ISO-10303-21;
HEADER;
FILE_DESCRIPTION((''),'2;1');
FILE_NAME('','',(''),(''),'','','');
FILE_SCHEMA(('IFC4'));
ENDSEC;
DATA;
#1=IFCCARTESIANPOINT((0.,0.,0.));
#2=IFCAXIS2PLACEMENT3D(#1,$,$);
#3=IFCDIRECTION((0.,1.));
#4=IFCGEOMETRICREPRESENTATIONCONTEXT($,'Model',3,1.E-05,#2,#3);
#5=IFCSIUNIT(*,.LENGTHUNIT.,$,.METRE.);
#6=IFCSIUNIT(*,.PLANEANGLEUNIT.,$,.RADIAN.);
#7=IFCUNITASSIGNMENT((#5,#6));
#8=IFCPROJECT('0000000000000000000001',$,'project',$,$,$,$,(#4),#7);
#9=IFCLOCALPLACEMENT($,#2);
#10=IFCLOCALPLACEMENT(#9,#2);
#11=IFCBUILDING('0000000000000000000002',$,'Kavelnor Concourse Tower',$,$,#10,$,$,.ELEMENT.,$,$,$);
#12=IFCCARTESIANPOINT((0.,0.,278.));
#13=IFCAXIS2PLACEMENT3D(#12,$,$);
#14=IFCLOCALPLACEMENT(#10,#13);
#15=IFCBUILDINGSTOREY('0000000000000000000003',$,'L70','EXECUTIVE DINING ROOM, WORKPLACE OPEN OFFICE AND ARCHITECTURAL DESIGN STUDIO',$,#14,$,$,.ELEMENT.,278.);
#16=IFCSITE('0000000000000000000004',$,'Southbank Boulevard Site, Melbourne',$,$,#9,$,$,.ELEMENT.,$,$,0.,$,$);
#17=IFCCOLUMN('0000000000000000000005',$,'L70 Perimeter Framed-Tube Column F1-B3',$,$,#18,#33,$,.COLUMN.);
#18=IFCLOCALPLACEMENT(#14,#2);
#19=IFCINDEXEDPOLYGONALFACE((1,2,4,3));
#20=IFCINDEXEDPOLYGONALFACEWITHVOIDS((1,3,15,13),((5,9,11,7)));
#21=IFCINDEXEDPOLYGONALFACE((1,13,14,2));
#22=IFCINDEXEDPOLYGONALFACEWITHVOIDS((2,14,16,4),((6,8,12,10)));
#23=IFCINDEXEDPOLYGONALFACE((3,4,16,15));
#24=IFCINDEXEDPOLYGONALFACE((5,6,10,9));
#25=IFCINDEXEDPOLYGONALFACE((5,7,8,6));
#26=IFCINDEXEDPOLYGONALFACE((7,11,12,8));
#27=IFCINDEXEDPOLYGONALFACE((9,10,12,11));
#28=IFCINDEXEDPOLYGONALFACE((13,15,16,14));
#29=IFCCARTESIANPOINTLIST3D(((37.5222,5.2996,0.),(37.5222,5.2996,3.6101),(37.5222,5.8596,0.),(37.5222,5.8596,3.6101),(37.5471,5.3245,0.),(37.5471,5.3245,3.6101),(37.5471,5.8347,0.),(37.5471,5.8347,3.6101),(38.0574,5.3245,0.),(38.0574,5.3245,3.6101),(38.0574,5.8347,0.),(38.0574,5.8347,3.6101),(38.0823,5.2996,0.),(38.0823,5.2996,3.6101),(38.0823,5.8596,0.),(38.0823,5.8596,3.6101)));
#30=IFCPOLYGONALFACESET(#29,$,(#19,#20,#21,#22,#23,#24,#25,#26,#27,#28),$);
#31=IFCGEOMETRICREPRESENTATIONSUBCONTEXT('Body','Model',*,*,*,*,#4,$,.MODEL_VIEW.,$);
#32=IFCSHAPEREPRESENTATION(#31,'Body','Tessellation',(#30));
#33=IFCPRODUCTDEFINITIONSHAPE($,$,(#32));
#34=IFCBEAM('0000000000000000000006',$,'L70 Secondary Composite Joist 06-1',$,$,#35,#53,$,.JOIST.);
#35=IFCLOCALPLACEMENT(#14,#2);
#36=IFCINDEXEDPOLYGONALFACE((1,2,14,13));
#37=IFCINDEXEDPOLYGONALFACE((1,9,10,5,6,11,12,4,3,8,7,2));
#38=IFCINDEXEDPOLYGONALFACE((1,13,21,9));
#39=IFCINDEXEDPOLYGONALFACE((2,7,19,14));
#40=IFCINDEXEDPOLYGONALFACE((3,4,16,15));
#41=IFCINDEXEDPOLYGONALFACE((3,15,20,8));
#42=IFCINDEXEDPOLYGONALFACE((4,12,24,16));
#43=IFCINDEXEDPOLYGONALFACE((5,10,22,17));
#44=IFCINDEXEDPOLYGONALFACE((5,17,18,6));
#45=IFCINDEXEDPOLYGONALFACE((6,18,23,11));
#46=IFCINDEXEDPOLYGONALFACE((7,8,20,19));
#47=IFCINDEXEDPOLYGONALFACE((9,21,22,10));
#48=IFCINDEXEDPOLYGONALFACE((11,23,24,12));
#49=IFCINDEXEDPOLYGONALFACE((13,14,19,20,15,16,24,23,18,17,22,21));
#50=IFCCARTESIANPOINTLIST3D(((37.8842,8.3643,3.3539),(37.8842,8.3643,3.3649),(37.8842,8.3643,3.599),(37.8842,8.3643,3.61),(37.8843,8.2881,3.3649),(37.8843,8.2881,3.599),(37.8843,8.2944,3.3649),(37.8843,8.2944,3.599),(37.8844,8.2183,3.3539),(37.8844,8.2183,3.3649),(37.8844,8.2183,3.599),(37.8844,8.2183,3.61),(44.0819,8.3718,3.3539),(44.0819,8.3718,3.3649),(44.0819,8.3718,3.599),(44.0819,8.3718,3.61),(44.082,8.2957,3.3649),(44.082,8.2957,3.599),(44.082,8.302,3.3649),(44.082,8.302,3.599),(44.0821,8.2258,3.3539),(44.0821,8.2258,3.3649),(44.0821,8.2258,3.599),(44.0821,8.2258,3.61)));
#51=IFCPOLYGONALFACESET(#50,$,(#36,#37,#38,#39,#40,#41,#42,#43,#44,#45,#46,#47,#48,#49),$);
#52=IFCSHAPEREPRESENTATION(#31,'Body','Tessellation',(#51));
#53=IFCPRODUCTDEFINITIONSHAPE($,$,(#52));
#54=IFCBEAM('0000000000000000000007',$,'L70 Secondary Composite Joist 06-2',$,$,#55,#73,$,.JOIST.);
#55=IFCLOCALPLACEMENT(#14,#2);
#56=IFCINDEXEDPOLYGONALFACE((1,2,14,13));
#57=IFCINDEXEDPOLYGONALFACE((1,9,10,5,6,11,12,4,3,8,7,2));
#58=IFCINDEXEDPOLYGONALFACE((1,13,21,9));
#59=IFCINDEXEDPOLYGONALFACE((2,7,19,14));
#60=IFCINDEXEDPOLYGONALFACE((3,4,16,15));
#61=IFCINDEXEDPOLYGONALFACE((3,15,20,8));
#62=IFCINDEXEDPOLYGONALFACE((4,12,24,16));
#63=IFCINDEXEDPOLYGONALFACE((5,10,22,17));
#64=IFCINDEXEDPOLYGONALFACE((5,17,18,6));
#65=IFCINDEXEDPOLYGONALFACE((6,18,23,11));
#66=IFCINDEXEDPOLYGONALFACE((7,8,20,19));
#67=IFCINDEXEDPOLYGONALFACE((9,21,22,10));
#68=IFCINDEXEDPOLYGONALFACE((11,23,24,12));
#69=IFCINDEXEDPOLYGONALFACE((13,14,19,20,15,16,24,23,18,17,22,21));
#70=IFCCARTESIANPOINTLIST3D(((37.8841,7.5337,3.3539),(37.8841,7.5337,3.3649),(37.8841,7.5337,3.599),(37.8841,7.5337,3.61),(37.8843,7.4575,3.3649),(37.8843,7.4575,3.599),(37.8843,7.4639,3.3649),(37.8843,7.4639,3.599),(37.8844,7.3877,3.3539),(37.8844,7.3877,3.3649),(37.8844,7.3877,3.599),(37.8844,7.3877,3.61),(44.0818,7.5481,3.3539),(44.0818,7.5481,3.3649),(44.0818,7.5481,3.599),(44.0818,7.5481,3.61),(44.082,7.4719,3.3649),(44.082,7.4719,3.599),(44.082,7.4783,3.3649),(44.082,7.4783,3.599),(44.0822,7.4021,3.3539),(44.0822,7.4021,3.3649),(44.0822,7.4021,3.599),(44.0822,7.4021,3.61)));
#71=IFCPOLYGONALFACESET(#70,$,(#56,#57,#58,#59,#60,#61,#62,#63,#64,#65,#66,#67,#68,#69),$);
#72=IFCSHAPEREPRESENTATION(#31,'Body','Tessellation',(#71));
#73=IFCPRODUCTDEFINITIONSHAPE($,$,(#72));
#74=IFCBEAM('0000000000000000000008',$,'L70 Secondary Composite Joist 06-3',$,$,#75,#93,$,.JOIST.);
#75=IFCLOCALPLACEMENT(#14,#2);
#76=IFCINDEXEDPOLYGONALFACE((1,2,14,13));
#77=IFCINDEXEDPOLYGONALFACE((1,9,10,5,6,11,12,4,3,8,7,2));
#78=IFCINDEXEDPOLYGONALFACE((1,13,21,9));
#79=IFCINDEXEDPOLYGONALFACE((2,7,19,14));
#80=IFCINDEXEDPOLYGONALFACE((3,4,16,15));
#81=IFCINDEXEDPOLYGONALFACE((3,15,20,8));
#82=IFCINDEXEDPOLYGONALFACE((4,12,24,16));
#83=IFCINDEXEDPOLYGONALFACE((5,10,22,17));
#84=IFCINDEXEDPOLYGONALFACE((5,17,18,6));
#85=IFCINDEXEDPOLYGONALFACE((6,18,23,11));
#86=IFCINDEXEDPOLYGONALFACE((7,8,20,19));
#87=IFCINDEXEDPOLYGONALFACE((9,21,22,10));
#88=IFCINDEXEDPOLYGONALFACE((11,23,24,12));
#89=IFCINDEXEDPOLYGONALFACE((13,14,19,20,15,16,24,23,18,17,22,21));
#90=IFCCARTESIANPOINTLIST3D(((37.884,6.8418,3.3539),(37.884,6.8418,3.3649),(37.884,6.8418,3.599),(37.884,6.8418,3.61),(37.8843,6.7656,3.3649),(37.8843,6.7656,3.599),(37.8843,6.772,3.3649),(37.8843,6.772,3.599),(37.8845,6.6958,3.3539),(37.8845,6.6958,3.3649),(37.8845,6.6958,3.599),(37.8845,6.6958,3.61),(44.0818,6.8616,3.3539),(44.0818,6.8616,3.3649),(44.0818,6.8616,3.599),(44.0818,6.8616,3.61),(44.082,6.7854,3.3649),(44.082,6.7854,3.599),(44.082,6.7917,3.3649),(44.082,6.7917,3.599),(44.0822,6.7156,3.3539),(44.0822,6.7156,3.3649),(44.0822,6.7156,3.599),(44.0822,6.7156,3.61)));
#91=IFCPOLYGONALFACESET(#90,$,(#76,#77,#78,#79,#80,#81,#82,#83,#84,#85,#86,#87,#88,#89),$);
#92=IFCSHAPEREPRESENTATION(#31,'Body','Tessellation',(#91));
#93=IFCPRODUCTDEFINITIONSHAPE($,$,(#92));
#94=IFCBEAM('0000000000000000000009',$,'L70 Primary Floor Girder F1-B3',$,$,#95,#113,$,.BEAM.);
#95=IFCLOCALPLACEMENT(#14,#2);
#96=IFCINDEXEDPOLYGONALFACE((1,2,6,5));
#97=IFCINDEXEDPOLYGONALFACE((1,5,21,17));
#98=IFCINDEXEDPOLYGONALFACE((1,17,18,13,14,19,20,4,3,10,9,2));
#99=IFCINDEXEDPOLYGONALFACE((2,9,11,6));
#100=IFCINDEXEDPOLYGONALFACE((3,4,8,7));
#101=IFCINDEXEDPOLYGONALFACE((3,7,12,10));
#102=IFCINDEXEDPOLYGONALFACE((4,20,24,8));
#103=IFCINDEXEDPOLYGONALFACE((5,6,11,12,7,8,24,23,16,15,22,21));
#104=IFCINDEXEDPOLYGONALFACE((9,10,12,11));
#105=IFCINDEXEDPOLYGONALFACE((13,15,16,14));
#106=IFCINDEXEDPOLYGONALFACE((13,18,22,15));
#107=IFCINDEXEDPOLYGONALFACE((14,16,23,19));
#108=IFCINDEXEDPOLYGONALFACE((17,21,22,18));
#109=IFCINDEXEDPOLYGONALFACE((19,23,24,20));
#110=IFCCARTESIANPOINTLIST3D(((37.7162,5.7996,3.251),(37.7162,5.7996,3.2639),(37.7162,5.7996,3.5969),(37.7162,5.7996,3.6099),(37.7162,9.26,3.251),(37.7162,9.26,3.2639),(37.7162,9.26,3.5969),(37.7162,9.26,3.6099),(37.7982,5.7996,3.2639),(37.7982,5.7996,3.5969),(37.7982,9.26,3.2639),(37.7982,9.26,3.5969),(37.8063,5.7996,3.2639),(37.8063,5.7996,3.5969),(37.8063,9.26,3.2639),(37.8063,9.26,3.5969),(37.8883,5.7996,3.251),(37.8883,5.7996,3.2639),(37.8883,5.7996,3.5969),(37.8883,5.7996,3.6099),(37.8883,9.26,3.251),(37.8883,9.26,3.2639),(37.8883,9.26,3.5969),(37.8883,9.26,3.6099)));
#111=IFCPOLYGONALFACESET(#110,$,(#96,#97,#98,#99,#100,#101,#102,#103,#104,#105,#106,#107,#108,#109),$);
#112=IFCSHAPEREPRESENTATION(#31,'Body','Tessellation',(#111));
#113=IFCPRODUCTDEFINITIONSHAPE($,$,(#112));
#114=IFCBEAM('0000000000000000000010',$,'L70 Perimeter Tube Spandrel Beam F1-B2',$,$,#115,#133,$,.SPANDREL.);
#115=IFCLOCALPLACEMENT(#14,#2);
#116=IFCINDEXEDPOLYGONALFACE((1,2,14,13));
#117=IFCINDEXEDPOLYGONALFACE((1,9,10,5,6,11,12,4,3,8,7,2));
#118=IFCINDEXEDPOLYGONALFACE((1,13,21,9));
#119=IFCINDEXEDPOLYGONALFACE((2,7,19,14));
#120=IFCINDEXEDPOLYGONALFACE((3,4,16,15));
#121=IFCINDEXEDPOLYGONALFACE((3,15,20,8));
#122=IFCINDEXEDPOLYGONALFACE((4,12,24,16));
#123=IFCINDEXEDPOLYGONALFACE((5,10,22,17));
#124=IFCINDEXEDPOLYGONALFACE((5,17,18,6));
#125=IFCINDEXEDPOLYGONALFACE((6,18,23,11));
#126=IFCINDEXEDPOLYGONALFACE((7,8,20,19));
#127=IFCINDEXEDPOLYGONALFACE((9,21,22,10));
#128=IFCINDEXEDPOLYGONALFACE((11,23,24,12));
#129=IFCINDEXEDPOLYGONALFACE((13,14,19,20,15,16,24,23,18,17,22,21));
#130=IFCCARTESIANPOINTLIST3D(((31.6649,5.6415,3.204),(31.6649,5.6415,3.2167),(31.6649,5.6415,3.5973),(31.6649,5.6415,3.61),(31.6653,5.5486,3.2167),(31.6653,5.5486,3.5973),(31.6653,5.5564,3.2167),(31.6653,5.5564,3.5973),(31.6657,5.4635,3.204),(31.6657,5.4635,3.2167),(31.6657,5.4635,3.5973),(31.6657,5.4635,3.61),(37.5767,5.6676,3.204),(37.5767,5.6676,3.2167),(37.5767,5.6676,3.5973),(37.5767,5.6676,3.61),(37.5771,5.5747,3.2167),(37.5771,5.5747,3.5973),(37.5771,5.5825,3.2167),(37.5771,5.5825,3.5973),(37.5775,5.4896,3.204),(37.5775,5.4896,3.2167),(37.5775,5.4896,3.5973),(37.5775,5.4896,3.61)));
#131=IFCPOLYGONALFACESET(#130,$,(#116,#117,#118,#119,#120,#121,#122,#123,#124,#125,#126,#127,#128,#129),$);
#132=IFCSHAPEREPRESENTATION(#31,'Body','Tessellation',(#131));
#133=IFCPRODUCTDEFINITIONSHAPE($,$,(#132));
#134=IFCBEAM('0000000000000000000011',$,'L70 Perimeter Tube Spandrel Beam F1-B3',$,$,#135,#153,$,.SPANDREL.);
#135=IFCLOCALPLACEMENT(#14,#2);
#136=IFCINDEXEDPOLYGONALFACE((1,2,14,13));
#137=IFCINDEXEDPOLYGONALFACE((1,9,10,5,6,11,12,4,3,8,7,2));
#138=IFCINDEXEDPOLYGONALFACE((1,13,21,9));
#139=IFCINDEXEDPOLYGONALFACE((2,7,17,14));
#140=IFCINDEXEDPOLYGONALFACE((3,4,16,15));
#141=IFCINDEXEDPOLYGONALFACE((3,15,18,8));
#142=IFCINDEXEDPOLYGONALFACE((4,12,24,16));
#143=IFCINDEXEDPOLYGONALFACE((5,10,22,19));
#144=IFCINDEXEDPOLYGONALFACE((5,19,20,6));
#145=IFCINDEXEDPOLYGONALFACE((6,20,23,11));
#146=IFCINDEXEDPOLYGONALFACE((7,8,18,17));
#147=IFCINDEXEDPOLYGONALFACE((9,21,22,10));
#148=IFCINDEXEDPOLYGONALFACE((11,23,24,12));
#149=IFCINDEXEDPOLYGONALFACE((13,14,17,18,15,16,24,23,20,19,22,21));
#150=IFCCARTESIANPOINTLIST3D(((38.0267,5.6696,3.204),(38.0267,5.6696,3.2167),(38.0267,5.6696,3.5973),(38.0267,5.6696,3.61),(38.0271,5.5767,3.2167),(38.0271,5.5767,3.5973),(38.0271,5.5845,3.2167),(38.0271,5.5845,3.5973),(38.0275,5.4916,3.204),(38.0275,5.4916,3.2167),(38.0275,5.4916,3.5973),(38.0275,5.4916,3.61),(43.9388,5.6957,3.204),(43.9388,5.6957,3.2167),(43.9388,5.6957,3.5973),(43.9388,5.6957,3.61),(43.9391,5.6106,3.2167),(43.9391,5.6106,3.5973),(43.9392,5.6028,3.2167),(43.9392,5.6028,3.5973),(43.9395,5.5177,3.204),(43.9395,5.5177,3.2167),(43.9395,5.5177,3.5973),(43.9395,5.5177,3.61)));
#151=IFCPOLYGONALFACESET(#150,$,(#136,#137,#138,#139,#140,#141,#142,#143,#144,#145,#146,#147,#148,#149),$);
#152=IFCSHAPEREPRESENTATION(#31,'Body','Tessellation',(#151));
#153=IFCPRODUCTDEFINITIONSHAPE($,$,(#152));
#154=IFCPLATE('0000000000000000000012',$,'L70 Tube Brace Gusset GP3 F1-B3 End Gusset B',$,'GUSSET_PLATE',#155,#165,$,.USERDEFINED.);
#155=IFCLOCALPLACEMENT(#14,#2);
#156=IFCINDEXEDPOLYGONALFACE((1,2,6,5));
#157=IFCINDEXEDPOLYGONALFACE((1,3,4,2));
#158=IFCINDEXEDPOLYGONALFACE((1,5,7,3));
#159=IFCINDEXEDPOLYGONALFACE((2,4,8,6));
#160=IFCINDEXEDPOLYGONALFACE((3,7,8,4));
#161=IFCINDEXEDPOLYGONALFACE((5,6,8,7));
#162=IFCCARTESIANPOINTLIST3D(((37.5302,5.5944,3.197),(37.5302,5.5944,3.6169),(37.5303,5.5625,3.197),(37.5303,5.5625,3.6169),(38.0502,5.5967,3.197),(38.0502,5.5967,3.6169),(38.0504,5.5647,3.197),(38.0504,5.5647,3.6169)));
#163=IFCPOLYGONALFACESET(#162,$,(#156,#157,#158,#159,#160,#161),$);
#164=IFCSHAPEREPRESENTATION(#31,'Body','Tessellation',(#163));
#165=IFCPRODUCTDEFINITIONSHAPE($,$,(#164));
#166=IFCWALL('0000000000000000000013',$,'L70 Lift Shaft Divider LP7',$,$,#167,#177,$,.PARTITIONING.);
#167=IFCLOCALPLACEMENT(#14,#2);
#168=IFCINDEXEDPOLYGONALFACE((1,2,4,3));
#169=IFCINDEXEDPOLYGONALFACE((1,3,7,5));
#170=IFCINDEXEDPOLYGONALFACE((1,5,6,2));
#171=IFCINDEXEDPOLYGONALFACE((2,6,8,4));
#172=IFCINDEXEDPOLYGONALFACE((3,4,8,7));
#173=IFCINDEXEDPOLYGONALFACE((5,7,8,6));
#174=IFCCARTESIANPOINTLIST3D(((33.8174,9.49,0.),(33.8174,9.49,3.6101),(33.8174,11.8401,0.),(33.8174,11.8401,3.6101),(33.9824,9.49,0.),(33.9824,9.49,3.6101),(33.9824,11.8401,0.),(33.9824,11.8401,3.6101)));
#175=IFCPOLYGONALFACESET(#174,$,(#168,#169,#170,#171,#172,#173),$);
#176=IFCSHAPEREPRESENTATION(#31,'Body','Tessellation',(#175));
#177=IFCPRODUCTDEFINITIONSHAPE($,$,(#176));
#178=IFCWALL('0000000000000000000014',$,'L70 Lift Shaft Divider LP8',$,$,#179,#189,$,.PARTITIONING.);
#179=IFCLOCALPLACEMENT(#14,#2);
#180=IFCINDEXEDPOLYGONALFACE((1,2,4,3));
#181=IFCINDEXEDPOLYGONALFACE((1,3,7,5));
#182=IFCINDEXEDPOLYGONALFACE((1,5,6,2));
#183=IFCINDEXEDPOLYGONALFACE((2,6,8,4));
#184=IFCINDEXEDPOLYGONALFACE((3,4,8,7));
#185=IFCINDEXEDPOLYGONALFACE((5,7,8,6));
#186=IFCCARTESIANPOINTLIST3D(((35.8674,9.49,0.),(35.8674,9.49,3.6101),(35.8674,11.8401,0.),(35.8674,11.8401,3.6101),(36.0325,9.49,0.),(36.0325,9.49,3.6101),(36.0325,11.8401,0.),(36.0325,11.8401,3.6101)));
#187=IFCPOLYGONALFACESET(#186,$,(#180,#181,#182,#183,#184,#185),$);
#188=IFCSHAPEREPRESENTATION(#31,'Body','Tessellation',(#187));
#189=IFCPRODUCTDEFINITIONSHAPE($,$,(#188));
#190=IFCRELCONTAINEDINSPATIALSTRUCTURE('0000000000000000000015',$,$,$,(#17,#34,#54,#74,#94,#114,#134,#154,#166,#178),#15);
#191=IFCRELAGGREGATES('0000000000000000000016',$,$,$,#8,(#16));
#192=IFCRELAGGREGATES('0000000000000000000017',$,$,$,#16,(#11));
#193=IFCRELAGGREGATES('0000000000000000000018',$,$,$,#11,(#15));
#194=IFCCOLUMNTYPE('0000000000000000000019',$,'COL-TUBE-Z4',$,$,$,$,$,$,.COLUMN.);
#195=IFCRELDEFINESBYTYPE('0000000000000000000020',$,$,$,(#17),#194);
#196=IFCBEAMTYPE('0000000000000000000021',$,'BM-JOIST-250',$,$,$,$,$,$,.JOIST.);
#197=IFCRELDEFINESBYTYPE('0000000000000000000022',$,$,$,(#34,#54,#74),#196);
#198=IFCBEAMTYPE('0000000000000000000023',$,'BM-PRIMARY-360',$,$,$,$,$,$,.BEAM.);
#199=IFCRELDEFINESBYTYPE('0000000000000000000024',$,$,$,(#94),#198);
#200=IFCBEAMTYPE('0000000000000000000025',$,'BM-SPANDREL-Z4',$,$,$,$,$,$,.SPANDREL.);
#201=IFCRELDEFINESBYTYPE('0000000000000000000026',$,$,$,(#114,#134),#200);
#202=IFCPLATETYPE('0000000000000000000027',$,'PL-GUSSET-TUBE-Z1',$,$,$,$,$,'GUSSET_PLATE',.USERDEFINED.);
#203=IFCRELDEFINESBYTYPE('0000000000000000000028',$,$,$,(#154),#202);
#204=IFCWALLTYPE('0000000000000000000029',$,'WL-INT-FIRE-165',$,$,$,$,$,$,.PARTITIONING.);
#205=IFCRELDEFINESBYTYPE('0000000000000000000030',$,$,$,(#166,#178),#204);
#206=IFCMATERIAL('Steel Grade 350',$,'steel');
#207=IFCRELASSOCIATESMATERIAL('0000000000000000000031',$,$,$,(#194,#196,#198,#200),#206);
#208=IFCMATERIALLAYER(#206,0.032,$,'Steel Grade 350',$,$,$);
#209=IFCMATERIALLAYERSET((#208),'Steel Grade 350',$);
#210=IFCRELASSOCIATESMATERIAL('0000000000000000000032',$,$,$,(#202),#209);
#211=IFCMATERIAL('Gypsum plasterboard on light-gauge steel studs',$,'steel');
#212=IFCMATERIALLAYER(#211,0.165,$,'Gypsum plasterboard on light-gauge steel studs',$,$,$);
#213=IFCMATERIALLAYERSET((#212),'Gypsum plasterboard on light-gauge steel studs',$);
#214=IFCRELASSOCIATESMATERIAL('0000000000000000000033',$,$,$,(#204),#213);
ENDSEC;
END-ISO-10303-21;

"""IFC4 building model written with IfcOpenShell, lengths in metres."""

from ifc_helpers import new_model, si_unit, direction, frame, frame_2d, origin, origin_2d, place, context, subcontext, project, spatial, rectangle, hollow_rectangle, i_section, extrude, material, layer, layer_set, material_profile, profile_set, type_object, element, save


model = new_model("IFC4")

# Units and contexts
model_context = context("Model", 3, precision=1e-05, world=origin(), true_north=direction((0.0, 1.0)))
body_context = subcontext(model_context, "Body", "Model", "MODEL_VIEW")
ifc_project = project(units=[si_unit("LENGTHUNIT", "METRE"), si_unit("PLANEANGLEUNIT", "RADIAN")], contexts=[model_context])

# Site, building, storey
site_placement = place(None, origin())
site = spatial("IfcSite", under=ifc_project, at=site_placement, Name="Southbank Boulevard Site, Melbourne", CompositionType="ELEMENT", RefElevation=0.0)
building_placement = place(site_placement, origin())
building = spatial("IfcBuilding", under=site, at=building_placement, Name="Kavelnor Concourse Tower", CompositionType="ELEMENT")
storey_placement = place(building_placement, frame((0.0, 0.0, 278.0)))
storey = spatial("IfcBuildingStorey", under=building, at=storey_placement, Name="L70", Description="EXECUTIVE DINING ROOM, WORKPLACE OPEN OFFICE AND ARCHITECTURAL DESIGN STUDIO", CompositionType="ELEMENT", Elevation=278.0)

# Column
ifc_material_1 = material(Name="Steel Grade 350", Category="steel")
ifc_material_profile_1 = material_profile(ifc_material_1, hollow_rectangle(XDim=0.5601, YDim=0.5601, WallThickness=0.0249, at=origin_2d()), Name="SHS 560x560x25")
ifc_profile_set_1 = profile_set([ifc_material_profile_1], Name="Steel Grade 350")
column_type = type_object("IfcColumnType", Name="COL-TUBE-Z4", PredefinedType="COLUMN", material=ifc_profile_set_1)
column_placement = place(storey_placement, frame((37.8022, 5.5796, 0.0), z_axis=(0.0, 0.0, 1.0), x_axis=(1.0, 0.0, 0.0)))
element("IfcColumn", 1, at=column_placement, inside=storey, type_object=column_type, Name="L70 Perimeter Framed-Tube Column F1-B3", PredefinedType="COLUMN", context=body_context, shape_type="SweptSolid", body=[
    extrude(hollow_rectangle(XDim=0.5601, YDim=0.5601, WallThickness=0.0249, at=origin_2d()), origin(), (0.0, 0.0, 1.0), 3.6101),
])

# Beams
ifc_material_profile_2 = material_profile(ifc_material_1, i_section(OverallWidth=0.146, OverallDepth=0.2561, WebThickness=0.0063, FlangeThickness=0.011, at=origin_2d()), Name="250UB37")
ifc_profile_set_2 = profile_set([ifc_material_profile_2], Name="Steel Grade 350")
beam_type_1 = type_object("IfcBeamType", Name="BM-JOIST-250", PredefinedType="JOIST", material=ifc_profile_set_2)
for number, where, z_axis, x_axis, name in (
    (2, (37.8843, 8.2913, 3.4819), (0.999999, 0.001221, 0.0), (-0.001221, 0.999999, 0.0), "L70 Secondary Composite Joist 06-1"),
    (3, (37.8843, 7.4607, 3.4819), (0.999997, 0.002324, 0.0), (-0.002324, 0.999997, 0.0), "L70 Secondary Composite Joist 06-2"),
    (4, (37.8843, 6.7688, 3.4819), (0.999995, 0.003191, 0.0), (-0.003191, 0.999995, 0.0), "L70 Secondary Composite Joist 06-3"),
):
    element("IfcBeam", number, at=place(storey_placement, frame(where, z_axis=z_axis, x_axis=x_axis)), inside=storey, type_object=beam_type_1, Name=name, PredefinedType="JOIST", context=body_context, shape_type="SweptSolid", body=[
        extrude(i_section(OverallWidth=0.146, OverallDepth=0.2561, WebThickness=0.0063, FlangeThickness=0.011, at=origin_2d()), origin(), (0.0, 0.0, 1.0), 6.1978),
    ])
ifc_material_profile_3 = material_profile(ifc_material_1, i_section(OverallWidth=0.1721, OverallDepth=0.3589, WebThickness=0.0081, FlangeThickness=0.0129, at=origin_2d()), Name="360UB56")
ifc_profile_set_3 = profile_set([ifc_material_profile_3], Name="Steel Grade 350")
beam_type_2 = type_object("IfcBeamType", Name="BM-PRIMARY-360", PredefinedType="BEAM", material=ifc_profile_set_3)
beam_1_placement = place(storey_placement, frame((37.8022, 9.26, 3.4304), z_axis=(0.0, -1.0, 0.0), x_axis=(1.0, 0.0, 0.0)))
element("IfcBeam", 5, at=beam_1_placement, inside=storey, type_object=beam_type_2, Name="L70 Primary Floor Girder F1-B3", PredefinedType="BEAM", context=body_context, shape_type="SweptSolid", body=[
    extrude(i_section(OverallWidth=0.1721, OverallDepth=0.3589, WebThickness=0.0081, FlangeThickness=0.0129, at=origin_2d()), origin(), (0.0, 0.0, 1.0), 3.4604),
])
ifc_material_profile_4 = material_profile(ifc_material_1, i_section(OverallWidth=0.178, OverallDepth=0.406, WebThickness=0.0078, FlangeThickness=0.0127, at=origin_2d()), Name="410UB59")
ifc_profile_set_4 = profile_set([ifc_material_profile_4], Name="Steel Grade 350")
beam_type_3 = type_object("IfcBeamType", Name="BM-SPANDREL-Z4", PredefinedType="SPANDREL", material=ifc_profile_set_4)
beam_2_placement = place(storey_placement, frame((31.6653, 5.5525, 3.407), z_axis=(0.99999, 0.004419, 0.0), x_axis=(-0.004419, 0.99999, 0.0)))
element("IfcBeam", 6, at=beam_2_placement, inside=storey, type_object=beam_type_3, Name="L70 Perimeter Tube Spandrel Beam F1-B2", PredefinedType="SPANDREL", context=body_context, shape_type="SweptSolid", body=[
    extrude(i_section(OverallWidth=0.178, OverallDepth=0.406, WebThickness=0.0078, FlangeThickness=0.0127, at=origin_2d()), origin(), (0.0, 0.0, 1.0), 5.9119),
])
beam_3_placement = place(storey_placement, frame((38.0271, 5.5806, 3.407), z_axis=(0.99999, 0.004419, 0.0), x_axis=(-0.004419, 0.99999, 0.0)))
element("IfcBeam", 7, at=beam_3_placement, inside=storey, type_object=beam_type_3, Name="L70 Perimeter Tube Spandrel Beam F1-B3", PredefinedType="SPANDREL", context=body_context, shape_type="SweptSolid", body=[
    extrude(i_section(OverallWidth=0.178, OverallDepth=0.406, WebThickness=0.0078, FlangeThickness=0.0127, at=origin_2d()), origin(), (0.0, 0.0, 1.0), 5.9121),
])

# Plate
ifc_layer_1 = layer(ifc_material_1, 0.032, Name="Steel Grade 350")
ifc_layer_set_1 = layer_set([ifc_layer_1], Name="Steel Grade 350")
plate_type = type_object("IfcPlateType", Name="PL-GUSSET-TUBE-Z1", ElementType="GUSSET_PLATE", PredefinedType="USERDEFINED", material=ifc_layer_set_1)
plate_placement = place(storey_placement, frame((37.7903, 5.5796, 3.197), z_axis=(0.0, 0.0, 1.0), x_axis=(-0.99999, -0.004363, 0.0)))
element("IfcPlate", 8, at=plate_placement, inside=storey, type_object=plate_type, Name="L70 Tube Brace Gusset GP3 F1-B3 End Gusset B", ObjectType="GUSSET_PLATE", PredefinedType="USERDEFINED", context=body_context, shape_type="SweptSolid", body=[
    extrude(rectangle(XDim=0.52, YDim=0.032, at=origin_2d()), origin(), (0.0, 0.0, 1.0), 0.4199),
])

# Walls
ifc_material_2 = material(Name="Gypsum plasterboard on light-gauge steel studs", Category="steel")
ifc_layer_2 = layer(ifc_material_2, 0.165, Name="Gypsum plasterboard on light-gauge steel studs")
ifc_layer_set_2 = layer_set([ifc_layer_2], Name="Gypsum plasterboard on light-gauge steel studs")
wall_type_1 = type_object("IfcWallType", Name="WL-INT-FIRE-165", PredefinedType="PARTITIONING", material=ifc_layer_set_2)
for number, where, z_axis, x_axis, name in (
    (9, (33.8999, 9.49, 0.0), (0.0, 0.0, 1.0), (0.0, 1.0, 0.0), "L70 Lift Shaft Divider LP7"),
    (10, (35.95, 9.49, 0.0), (0.0, 0.0, 1.0), (0.0, 1.0, 0.0), "L70 Lift Shaft Divider LP8"),
):
    element("IfcWall", number, at=place(storey_placement, frame(where, z_axis=z_axis, x_axis=x_axis)), inside=storey, type_object=wall_type_1, Name=name, PredefinedType="PARTITIONING", context=body_context, shape_type="SweptSolid", body=[
        extrude(rectangle(XDim=2.3501, YDim=0.165, at=frame_2d((1.175, 0.0))), origin(), (0.0, 0.0, 1.0), 3.6101),
    ])

save(model, "model.ifc")
